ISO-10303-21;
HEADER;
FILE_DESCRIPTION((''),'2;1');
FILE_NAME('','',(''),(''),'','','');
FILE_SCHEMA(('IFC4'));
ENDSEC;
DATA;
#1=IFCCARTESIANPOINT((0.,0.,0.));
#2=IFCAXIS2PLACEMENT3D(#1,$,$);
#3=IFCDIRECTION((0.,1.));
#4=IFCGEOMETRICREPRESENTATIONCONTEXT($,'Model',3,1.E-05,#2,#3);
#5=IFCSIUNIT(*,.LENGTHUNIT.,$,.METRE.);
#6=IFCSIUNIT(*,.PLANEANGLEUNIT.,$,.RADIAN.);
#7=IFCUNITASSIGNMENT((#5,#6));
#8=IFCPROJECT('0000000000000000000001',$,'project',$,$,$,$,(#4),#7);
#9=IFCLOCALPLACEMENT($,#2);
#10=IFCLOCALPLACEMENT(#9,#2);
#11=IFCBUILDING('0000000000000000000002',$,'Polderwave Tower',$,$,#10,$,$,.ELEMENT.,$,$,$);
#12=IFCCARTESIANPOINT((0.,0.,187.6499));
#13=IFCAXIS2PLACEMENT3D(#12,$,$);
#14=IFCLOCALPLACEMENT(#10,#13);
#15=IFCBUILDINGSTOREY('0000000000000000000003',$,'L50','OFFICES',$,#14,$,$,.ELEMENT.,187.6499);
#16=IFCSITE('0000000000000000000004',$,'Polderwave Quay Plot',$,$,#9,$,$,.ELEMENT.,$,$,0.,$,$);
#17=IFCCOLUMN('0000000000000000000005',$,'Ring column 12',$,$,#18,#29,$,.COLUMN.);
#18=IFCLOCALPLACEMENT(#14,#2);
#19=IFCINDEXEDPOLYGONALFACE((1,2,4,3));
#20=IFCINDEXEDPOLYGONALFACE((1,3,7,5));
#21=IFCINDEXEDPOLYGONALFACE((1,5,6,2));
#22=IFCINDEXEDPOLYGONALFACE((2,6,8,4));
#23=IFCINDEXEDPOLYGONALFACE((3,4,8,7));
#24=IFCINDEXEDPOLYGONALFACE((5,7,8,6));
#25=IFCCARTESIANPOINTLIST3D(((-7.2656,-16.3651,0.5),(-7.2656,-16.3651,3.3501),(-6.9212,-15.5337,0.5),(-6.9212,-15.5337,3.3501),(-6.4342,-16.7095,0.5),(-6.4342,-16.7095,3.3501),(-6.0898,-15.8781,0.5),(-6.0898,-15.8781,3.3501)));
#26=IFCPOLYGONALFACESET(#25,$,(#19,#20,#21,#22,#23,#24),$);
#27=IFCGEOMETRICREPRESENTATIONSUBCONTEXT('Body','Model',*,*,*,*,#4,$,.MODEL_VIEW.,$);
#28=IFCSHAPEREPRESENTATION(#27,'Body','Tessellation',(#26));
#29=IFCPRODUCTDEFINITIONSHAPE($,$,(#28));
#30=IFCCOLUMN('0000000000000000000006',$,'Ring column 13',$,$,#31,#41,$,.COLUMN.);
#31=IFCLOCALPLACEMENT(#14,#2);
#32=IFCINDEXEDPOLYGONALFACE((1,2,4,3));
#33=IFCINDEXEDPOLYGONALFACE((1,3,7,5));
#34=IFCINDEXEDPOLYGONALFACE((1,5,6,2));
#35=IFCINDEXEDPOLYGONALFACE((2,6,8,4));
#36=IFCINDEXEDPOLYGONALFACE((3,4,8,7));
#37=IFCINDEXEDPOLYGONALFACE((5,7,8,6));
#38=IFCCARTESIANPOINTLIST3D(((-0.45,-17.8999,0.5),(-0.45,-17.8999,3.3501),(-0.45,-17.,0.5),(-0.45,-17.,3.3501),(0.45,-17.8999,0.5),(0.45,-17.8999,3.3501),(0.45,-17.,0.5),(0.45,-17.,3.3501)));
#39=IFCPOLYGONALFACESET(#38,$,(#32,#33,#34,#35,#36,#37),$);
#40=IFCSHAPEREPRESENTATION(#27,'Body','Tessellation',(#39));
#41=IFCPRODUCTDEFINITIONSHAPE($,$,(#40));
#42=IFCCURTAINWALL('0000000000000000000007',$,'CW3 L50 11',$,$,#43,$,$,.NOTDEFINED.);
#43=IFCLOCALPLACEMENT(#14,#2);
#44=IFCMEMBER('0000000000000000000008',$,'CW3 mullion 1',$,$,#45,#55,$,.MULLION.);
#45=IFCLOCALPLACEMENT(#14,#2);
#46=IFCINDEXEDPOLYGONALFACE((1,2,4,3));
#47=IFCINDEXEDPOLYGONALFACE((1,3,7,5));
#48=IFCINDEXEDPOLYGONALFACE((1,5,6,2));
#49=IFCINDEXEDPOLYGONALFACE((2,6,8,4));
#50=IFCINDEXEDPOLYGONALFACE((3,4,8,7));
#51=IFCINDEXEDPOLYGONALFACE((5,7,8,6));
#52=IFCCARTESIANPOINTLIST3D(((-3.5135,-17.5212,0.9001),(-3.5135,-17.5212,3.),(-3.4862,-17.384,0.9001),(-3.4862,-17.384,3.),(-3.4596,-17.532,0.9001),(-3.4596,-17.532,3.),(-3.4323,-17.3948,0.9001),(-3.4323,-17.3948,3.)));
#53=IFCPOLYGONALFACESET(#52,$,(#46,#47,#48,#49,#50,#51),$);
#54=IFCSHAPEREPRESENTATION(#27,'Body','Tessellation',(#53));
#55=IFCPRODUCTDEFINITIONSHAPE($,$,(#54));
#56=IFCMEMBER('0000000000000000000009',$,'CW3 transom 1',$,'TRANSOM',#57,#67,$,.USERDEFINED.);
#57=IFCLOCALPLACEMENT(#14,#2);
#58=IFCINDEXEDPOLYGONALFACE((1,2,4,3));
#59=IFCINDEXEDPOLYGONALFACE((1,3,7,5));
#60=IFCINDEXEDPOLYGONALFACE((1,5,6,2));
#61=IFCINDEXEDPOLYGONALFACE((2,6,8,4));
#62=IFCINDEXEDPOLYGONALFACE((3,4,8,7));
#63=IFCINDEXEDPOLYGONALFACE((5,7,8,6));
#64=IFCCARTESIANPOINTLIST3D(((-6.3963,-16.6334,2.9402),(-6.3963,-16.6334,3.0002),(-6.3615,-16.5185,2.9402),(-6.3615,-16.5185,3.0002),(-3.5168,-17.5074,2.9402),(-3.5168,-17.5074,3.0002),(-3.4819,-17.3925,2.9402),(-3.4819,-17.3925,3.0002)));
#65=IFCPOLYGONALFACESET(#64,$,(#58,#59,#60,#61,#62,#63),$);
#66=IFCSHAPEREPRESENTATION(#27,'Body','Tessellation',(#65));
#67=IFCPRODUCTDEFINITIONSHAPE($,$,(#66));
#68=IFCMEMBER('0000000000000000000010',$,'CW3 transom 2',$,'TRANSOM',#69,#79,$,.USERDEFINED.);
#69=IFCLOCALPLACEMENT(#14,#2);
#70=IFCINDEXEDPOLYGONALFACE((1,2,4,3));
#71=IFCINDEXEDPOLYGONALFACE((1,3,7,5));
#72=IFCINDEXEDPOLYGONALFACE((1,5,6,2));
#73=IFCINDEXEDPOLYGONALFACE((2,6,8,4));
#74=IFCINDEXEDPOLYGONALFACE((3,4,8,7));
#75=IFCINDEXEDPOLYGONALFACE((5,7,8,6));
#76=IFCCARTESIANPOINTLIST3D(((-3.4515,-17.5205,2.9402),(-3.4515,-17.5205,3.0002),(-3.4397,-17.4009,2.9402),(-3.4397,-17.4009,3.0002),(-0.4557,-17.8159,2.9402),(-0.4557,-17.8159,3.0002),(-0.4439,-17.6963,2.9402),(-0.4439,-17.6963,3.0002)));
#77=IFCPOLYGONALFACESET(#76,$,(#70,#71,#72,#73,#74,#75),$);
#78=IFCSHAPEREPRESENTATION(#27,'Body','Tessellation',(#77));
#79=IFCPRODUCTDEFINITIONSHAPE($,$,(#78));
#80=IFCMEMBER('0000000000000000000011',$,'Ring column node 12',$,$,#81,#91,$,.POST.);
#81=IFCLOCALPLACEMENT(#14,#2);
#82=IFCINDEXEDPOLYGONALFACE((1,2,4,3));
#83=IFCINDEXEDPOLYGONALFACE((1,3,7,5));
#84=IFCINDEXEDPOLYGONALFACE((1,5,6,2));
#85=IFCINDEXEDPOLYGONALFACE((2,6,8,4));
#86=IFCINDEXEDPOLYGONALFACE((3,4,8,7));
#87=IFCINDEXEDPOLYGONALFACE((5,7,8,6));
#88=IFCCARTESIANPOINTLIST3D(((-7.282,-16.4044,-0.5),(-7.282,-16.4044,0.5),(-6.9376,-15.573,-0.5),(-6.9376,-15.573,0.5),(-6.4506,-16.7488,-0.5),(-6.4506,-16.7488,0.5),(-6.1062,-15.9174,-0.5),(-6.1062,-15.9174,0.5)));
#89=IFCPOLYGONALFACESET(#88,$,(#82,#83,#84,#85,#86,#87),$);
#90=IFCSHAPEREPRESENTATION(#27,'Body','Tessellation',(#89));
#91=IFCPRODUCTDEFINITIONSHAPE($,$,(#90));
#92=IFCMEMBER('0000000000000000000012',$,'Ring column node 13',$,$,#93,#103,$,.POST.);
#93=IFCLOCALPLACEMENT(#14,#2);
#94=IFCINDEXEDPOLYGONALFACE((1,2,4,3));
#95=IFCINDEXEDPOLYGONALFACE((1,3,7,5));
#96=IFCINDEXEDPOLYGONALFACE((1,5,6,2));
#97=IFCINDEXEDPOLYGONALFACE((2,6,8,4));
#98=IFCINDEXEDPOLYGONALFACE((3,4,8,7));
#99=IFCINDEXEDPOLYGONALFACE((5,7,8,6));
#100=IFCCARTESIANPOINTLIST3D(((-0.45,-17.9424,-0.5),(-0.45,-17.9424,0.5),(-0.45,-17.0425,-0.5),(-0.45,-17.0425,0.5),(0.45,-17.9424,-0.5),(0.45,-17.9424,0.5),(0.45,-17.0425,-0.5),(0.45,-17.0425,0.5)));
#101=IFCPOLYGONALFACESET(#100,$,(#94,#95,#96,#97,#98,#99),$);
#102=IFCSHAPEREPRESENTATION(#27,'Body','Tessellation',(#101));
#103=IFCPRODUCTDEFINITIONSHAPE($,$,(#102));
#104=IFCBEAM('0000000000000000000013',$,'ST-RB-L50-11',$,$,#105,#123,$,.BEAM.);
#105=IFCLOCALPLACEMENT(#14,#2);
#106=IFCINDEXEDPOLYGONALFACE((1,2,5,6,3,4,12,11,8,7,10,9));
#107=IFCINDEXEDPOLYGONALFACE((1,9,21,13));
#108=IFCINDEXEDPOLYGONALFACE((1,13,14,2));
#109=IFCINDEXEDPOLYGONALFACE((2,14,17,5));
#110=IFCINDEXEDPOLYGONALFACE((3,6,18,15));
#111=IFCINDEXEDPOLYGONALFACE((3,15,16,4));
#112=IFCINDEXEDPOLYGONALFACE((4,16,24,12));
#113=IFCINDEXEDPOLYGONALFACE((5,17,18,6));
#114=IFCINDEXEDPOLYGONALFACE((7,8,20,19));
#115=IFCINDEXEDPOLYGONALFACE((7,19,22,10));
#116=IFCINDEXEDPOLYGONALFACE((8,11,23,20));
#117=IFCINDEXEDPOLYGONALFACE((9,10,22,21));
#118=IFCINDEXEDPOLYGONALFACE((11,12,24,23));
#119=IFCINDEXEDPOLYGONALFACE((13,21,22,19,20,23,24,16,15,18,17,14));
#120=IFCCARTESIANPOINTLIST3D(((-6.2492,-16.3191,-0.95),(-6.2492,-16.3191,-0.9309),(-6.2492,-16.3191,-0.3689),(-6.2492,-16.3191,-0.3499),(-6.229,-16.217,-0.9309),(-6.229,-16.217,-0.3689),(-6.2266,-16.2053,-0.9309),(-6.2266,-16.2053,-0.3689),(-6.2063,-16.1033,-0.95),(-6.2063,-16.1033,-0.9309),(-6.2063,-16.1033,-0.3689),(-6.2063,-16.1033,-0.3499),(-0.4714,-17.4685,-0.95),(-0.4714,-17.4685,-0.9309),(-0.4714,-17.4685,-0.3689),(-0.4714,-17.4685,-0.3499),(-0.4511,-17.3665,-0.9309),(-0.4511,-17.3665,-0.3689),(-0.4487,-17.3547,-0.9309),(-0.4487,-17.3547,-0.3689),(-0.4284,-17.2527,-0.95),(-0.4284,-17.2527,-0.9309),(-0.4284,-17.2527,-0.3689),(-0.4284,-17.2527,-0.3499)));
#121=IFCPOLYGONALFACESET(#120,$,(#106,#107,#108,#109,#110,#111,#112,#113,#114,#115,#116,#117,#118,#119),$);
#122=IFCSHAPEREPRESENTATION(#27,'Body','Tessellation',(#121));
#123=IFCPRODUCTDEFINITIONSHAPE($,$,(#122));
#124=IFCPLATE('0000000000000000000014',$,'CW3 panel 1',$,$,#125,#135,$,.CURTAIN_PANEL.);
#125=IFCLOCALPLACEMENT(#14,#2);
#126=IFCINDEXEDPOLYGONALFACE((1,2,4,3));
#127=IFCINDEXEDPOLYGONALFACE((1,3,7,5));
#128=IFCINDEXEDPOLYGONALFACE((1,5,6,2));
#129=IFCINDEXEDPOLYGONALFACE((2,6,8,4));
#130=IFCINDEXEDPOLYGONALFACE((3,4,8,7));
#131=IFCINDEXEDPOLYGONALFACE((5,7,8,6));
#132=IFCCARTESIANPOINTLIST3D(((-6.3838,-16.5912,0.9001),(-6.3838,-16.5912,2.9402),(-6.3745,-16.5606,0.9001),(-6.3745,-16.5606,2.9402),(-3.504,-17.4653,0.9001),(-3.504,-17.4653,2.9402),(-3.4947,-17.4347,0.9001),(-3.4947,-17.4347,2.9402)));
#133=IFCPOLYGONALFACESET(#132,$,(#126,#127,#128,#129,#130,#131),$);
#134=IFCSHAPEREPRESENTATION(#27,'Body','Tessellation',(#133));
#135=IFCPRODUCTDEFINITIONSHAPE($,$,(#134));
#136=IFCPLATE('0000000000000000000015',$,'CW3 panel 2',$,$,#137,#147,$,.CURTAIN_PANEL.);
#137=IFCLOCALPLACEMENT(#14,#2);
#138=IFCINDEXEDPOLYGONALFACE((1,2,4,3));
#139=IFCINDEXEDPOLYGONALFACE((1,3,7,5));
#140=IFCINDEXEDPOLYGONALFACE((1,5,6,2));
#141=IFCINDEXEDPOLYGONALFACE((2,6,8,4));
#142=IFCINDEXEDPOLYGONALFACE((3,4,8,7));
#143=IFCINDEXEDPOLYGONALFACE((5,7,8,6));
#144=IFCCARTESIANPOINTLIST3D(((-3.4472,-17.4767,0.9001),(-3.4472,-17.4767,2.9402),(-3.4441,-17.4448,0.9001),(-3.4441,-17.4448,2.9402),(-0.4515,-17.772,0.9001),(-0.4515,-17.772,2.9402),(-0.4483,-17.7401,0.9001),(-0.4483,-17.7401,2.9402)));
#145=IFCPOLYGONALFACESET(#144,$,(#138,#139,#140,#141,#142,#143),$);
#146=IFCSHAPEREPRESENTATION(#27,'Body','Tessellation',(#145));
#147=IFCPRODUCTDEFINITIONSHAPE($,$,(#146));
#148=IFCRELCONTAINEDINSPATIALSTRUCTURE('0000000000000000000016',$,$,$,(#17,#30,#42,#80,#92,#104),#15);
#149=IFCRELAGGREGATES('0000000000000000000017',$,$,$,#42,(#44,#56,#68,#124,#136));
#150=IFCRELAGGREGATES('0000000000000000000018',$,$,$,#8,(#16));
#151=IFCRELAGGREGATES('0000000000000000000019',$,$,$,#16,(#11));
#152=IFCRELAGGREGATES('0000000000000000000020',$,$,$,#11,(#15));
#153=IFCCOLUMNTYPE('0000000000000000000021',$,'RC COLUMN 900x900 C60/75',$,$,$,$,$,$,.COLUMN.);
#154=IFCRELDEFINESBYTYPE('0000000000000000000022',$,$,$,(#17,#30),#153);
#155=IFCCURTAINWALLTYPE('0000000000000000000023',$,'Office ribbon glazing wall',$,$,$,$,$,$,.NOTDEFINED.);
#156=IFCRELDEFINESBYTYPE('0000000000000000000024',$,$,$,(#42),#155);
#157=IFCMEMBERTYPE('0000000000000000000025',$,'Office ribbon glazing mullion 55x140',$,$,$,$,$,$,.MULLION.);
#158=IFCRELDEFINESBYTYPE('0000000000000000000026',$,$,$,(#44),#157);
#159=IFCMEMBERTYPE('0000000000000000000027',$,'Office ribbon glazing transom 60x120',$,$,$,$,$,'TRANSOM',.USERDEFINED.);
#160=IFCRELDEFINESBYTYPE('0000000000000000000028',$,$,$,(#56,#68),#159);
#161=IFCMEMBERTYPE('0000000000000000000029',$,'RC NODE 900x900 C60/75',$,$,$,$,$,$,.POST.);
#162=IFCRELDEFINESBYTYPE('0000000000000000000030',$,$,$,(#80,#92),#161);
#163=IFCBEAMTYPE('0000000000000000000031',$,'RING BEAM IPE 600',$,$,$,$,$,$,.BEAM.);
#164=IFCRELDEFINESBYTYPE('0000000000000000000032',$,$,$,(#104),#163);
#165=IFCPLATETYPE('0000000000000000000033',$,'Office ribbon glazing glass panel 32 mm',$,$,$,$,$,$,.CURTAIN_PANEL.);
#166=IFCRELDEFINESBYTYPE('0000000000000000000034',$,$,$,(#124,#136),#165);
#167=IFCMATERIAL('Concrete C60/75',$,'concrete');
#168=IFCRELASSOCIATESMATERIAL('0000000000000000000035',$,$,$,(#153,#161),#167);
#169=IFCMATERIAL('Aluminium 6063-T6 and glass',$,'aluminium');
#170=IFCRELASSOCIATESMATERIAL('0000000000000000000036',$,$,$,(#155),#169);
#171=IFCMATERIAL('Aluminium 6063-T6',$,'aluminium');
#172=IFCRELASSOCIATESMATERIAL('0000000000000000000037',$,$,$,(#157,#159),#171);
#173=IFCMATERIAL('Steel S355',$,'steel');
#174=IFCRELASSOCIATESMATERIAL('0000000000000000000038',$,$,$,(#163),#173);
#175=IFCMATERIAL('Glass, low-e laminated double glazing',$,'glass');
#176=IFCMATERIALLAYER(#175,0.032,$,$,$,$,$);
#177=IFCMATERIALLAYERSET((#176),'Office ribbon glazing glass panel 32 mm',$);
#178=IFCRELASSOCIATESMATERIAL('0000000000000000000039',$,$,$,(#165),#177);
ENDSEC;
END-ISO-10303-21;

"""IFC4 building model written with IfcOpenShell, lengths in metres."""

from ifc_helpers import new_model, si_unit, direction, frame, origin, origin_2d, place, context, subcontext, project, spatial, rectangle, i_section, extrude, material, layer, layer_set, material_profile, profile_set, type_object, element, aggregate, save


model = new_model("IFC4")

# Units and contexts
model_context = context("Model", 3, precision=1e-05, world=origin(), true_north=direction((0.0, 1.0)))
body_context = subcontext(model_context, "Body", "Model", "MODEL_VIEW")
ifc_project = project(units=[si_unit("LENGTHUNIT", "METRE"), si_unit("PLANEANGLEUNIT", "RADIAN")], contexts=[model_context])

# Site, building, storey
site_placement = place(None, origin())
site = spatial("IfcSite", under=ifc_project, at=site_placement, Name="Polderwave Quay Plot", CompositionType="ELEMENT", RefElevation=0.0)
building_placement = place(site_placement, origin())
building = spatial("IfcBuilding", under=site, at=building_placement, Name="Polderwave Tower", CompositionType="ELEMENT")
storey_placement = place(building_placement, frame((0.0, 0.0, 187.6499)))
storey = spatial("IfcBuildingStorey", under=building, at=storey_placement, Name="L50", Description="OFFICES", CompositionType="ELEMENT", Elevation=187.6499)

# Columns
ifc_material_1 = material(Name="Concrete C60/75", Category="concrete")
ifc_material_profile_1 = material_profile(ifc_material_1, rectangle(XDim=0.8999, YDim=0.8999, at=origin_2d()), Name="RC 900x900")
ifc_profile_set_1 = profile_set([ifc_material_profile_1], Name="Concrete C60/75")
column_type = type_object("IfcColumnType", Name="RC COLUMN 900x900 C60/75", PredefinedType="COLUMN", material=ifc_profile_set_1)
for number, where, z_axis, x_axis, name in (
    (1, (-6.6777, -16.1216, 0.5), (0.0, 0.0, 1.0), (-0.382683, -0.92388, 0.0), "Ring column 12"),
    (2, (0.0, -17.45, 0.5), (0.0, 0.0, 1.0), (0.0, -1.0, 0.0), "Ring column 13"),
):
    element("IfcColumn", number, at=place(storey_placement, frame(where, z_axis=z_axis, x_axis=x_axis)), inside=storey, type_object=column_type, Name=name, PredefinedType="COLUMN", context=body_context, shape_type="SweptSolid", body=[
        extrude(rectangle(XDim=0.8999, YDim=0.8999, at=origin_2d()), origin(), (0.0, 0.0, 1.0), 2.8501),
    ])

# Curtain wall, members
ifc_material_2 = material(Name="Aluminium 6063-T6 and glass", Category="aluminium")
curtain_wall_type = type_object("IfcCurtainWallType", Name="Office ribbon glazing wall", PredefinedType="NOTDEFINED", material=ifc_material_2)
curtain_wall_placement = place(storey_placement, origin())
curtain_wall = element("IfcCurtainWall", 3, at=curtain_wall_placement, inside=storey, type_object=curtain_wall_type, Name="CW3 L50 11", PredefinedType="NOTDEFINED")
ifc_material_3 = material(Name="Aluminium 6063-T6", Category="aluminium")
ifc_material_profile_2 = material_profile(ifc_material_3, rectangle(XDim=0.1399, YDim=0.0549, at=origin_2d()), Name="AL 55x140")
ifc_profile_set_2 = profile_set([ifc_material_profile_2], Name="Aluminium 6063-T6")
member_type_1 = type_object("IfcMemberType", Name="Office ribbon glazing mullion 55x140", PredefinedType="MULLION", material=ifc_profile_set_2)
member_1_placement = place(storey_placement, frame((-3.4729, -17.458, 0.9001), z_axis=(0.0, 0.0, 1.0), x_axis=(0.195205, 0.980762, 0.0)))
member_1 = element("IfcMember", 4, at=member_1_placement, type_object=member_type_1, Name="CW3 mullion 1", PredefinedType="MULLION", context=body_context, shape_type="SweptSolid", body=[
    extrude(rectangle(XDim=0.1399, YDim=0.0549, at=origin_2d()), origin(), (0.0, 0.0, 1.0), 2.0999),
])
ifc_material_profile_3 = material_profile(ifc_material_3, rectangle(XDim=0.1201, YDim=0.0601, at=origin_2d()), Name="AL 60x120")
ifc_profile_set_3 = profile_set([ifc_material_profile_3], Name="Aluminium 6063-T6")
member_type_2 = type_object("IfcMemberType", Name="Office ribbon glazing transom 60x120", ElementType="TRANSOM", PredefinedType="USERDEFINED", material=ifc_profile_set_3)
member_2_placement = place(storey_placement, frame((-6.3789, -16.5759, 2.9702), z_axis=(0.956895, -0.290435, 0.0), x_axis=(0.290435, 0.956895, 0.0)))
member_2 = element("IfcMember", 5, at=member_2_placement, type_object=member_type_2, Name="CW3 transom 1", ObjectType="TRANSOM", PredefinedType="USERDEFINED", context=body_context, shape_type="SweptSolid", body=[
    extrude(rectangle(XDim=0.1201, YDim=0.0601, at=origin_2d()), origin(), (0.0, 0.0, 1.0), 3.0093),
])
member_3_placement = place(storey_placement, frame((-3.4456, -17.4607, 2.9702), z_axis=(0.995173, -0.098138, 0.0), x_axis=(0.098138, 0.995173, 0.0)))
member_3 = element("IfcMember", 6, at=member_3_placement, type_object=member_type_2, Name="CW3 transom 2", ObjectType="TRANSOM", PredefinedType="USERDEFINED", context=body_context, shape_type="SweptSolid", body=[
    extrude(rectangle(XDim=0.1201, YDim=0.0601, at=origin_2d()), origin(), (0.0, 0.0, 1.0), 3.0103),
])

# Members
ifc_material_profile_4 = material_profile(ifc_material_1, rectangle(XDim=0.8999, YDim=0.8999, at=origin_2d()), Name="RC 900x900")
ifc_profile_set_4 = profile_set([ifc_material_profile_4], Name="Concrete C60/75")
member_type_3 = type_object("IfcMemberType", Name="RC NODE 900x900 C60/75", PredefinedType="POST", material=ifc_profile_set_4)
for number, where, z_axis, x_axis, name in (
    (7, (-6.6941, -16.1609, -0.5), (0.0, 0.0, 1.0), (-0.382683, -0.92388, 0.0), "Ring column node 12"),
    (8, (0.0, -17.4924, -0.5), (0.0, 0.0, 1.0), (0.0, -1.0, 0.0), "Ring column node 13"),
):
    element("IfcMember", number, at=place(storey_placement, frame(where, z_axis=z_axis, x_axis=x_axis)), inside=storey, type_object=member_type_3, Name=name, PredefinedType="POST", context=body_context, shape_type="SweptSolid", body=[
        extrude(rectangle(XDim=0.8999, YDim=0.8999, at=origin_2d()), origin(), (0.0, 0.0, 1.0), 1.0),
    ])

# Beam
ifc_material_4 = material(Name="Steel S355", Category="steel")
ifc_material_profile_5 = material_profile(ifc_material_4, i_section(OverallWidth=0.22, OverallDepth=0.6001, WebThickness=0.012, FlangeThickness=0.019, at=origin_2d()), Name="IPE 600")
ifc_profile_set_5 = profile_set([ifc_material_profile_5], Name="Steel S355")
beam_type = type_object("IfcBeamType", Name="RING BEAM IPE 600", PredefinedType="BEAM", material=ifc_profile_set_5)
beam_placement = place(storey_placement, frame((-6.2278, -16.2112, -0.6499), z_axis=(0.980781, -0.195112, 0.0), x_axis=(0.195112, 0.980781, 0.0)))
element("IfcBeam", 9, at=beam_placement, inside=storey, type_object=beam_type, Name="ST-RB-L50-11", PredefinedType="BEAM", context=body_context, shape_type="SweptSolid", body=[
    extrude(i_section(OverallWidth=0.22, OverallDepth=0.6001, WebThickness=0.012, FlangeThickness=0.019, at=origin_2d()), origin(), (0.0, 0.0, 1.0), 5.8911),
])

# Plates
ifc_material_5 = material(Name="Glass, low-e laminated double glazing", Category="glass")
ifc_layer_1 = layer(ifc_material_5, 0.032)
ifc_layer_set_1 = layer_set([ifc_layer_1], Name="Office ribbon glazing glass panel 32 mm")
plate_type = type_object("IfcPlateType", Name="Office ribbon glazing glass panel 32 mm", PredefinedType="CURTAIN_PANEL", material=ifc_layer_set_1)
plate_1_placement = place(storey_placement, frame((-4.9392, -17.0129, 0.9001), z_axis=(0.0, 0.0, 1.0), x_axis=(0.956897, -0.290428, 0.0)))
plate_1 = element("IfcPlate", 10, at=plate_1_placement, type_object=plate_type, Name="CW3 panel 1", PredefinedType="CURTAIN_PANEL", context=body_context, shape_type="SweptSolid", body=[
    extrude(rectangle(XDim=3.0095, YDim=0.032, at=origin_2d()), origin(), (0.0, 0.0, 1.0), 2.04),
])
plate_2_placement = place(storey_placement, frame((-1.9478, -17.6084, 0.9001), z_axis=(0.0, 0.0, 1.0), x_axis=(0.995176, -0.098102, 0.0)))
plate_2 = element("IfcPlate", 11, at=plate_2_placement, type_object=plate_type, Name="CW3 panel 2", PredefinedType="CURTAIN_PANEL", context=body_context, shape_type="SweptSolid", body=[
    extrude(rectangle(XDim=3.0103, YDim=0.032, at=origin_2d()), origin(), (0.0, 0.0, 1.0), 2.04),
])
aggregate(curtain_wall, [member_1, member_2, member_3, plate_1, plate_2])

save(model, "model.ifc")
